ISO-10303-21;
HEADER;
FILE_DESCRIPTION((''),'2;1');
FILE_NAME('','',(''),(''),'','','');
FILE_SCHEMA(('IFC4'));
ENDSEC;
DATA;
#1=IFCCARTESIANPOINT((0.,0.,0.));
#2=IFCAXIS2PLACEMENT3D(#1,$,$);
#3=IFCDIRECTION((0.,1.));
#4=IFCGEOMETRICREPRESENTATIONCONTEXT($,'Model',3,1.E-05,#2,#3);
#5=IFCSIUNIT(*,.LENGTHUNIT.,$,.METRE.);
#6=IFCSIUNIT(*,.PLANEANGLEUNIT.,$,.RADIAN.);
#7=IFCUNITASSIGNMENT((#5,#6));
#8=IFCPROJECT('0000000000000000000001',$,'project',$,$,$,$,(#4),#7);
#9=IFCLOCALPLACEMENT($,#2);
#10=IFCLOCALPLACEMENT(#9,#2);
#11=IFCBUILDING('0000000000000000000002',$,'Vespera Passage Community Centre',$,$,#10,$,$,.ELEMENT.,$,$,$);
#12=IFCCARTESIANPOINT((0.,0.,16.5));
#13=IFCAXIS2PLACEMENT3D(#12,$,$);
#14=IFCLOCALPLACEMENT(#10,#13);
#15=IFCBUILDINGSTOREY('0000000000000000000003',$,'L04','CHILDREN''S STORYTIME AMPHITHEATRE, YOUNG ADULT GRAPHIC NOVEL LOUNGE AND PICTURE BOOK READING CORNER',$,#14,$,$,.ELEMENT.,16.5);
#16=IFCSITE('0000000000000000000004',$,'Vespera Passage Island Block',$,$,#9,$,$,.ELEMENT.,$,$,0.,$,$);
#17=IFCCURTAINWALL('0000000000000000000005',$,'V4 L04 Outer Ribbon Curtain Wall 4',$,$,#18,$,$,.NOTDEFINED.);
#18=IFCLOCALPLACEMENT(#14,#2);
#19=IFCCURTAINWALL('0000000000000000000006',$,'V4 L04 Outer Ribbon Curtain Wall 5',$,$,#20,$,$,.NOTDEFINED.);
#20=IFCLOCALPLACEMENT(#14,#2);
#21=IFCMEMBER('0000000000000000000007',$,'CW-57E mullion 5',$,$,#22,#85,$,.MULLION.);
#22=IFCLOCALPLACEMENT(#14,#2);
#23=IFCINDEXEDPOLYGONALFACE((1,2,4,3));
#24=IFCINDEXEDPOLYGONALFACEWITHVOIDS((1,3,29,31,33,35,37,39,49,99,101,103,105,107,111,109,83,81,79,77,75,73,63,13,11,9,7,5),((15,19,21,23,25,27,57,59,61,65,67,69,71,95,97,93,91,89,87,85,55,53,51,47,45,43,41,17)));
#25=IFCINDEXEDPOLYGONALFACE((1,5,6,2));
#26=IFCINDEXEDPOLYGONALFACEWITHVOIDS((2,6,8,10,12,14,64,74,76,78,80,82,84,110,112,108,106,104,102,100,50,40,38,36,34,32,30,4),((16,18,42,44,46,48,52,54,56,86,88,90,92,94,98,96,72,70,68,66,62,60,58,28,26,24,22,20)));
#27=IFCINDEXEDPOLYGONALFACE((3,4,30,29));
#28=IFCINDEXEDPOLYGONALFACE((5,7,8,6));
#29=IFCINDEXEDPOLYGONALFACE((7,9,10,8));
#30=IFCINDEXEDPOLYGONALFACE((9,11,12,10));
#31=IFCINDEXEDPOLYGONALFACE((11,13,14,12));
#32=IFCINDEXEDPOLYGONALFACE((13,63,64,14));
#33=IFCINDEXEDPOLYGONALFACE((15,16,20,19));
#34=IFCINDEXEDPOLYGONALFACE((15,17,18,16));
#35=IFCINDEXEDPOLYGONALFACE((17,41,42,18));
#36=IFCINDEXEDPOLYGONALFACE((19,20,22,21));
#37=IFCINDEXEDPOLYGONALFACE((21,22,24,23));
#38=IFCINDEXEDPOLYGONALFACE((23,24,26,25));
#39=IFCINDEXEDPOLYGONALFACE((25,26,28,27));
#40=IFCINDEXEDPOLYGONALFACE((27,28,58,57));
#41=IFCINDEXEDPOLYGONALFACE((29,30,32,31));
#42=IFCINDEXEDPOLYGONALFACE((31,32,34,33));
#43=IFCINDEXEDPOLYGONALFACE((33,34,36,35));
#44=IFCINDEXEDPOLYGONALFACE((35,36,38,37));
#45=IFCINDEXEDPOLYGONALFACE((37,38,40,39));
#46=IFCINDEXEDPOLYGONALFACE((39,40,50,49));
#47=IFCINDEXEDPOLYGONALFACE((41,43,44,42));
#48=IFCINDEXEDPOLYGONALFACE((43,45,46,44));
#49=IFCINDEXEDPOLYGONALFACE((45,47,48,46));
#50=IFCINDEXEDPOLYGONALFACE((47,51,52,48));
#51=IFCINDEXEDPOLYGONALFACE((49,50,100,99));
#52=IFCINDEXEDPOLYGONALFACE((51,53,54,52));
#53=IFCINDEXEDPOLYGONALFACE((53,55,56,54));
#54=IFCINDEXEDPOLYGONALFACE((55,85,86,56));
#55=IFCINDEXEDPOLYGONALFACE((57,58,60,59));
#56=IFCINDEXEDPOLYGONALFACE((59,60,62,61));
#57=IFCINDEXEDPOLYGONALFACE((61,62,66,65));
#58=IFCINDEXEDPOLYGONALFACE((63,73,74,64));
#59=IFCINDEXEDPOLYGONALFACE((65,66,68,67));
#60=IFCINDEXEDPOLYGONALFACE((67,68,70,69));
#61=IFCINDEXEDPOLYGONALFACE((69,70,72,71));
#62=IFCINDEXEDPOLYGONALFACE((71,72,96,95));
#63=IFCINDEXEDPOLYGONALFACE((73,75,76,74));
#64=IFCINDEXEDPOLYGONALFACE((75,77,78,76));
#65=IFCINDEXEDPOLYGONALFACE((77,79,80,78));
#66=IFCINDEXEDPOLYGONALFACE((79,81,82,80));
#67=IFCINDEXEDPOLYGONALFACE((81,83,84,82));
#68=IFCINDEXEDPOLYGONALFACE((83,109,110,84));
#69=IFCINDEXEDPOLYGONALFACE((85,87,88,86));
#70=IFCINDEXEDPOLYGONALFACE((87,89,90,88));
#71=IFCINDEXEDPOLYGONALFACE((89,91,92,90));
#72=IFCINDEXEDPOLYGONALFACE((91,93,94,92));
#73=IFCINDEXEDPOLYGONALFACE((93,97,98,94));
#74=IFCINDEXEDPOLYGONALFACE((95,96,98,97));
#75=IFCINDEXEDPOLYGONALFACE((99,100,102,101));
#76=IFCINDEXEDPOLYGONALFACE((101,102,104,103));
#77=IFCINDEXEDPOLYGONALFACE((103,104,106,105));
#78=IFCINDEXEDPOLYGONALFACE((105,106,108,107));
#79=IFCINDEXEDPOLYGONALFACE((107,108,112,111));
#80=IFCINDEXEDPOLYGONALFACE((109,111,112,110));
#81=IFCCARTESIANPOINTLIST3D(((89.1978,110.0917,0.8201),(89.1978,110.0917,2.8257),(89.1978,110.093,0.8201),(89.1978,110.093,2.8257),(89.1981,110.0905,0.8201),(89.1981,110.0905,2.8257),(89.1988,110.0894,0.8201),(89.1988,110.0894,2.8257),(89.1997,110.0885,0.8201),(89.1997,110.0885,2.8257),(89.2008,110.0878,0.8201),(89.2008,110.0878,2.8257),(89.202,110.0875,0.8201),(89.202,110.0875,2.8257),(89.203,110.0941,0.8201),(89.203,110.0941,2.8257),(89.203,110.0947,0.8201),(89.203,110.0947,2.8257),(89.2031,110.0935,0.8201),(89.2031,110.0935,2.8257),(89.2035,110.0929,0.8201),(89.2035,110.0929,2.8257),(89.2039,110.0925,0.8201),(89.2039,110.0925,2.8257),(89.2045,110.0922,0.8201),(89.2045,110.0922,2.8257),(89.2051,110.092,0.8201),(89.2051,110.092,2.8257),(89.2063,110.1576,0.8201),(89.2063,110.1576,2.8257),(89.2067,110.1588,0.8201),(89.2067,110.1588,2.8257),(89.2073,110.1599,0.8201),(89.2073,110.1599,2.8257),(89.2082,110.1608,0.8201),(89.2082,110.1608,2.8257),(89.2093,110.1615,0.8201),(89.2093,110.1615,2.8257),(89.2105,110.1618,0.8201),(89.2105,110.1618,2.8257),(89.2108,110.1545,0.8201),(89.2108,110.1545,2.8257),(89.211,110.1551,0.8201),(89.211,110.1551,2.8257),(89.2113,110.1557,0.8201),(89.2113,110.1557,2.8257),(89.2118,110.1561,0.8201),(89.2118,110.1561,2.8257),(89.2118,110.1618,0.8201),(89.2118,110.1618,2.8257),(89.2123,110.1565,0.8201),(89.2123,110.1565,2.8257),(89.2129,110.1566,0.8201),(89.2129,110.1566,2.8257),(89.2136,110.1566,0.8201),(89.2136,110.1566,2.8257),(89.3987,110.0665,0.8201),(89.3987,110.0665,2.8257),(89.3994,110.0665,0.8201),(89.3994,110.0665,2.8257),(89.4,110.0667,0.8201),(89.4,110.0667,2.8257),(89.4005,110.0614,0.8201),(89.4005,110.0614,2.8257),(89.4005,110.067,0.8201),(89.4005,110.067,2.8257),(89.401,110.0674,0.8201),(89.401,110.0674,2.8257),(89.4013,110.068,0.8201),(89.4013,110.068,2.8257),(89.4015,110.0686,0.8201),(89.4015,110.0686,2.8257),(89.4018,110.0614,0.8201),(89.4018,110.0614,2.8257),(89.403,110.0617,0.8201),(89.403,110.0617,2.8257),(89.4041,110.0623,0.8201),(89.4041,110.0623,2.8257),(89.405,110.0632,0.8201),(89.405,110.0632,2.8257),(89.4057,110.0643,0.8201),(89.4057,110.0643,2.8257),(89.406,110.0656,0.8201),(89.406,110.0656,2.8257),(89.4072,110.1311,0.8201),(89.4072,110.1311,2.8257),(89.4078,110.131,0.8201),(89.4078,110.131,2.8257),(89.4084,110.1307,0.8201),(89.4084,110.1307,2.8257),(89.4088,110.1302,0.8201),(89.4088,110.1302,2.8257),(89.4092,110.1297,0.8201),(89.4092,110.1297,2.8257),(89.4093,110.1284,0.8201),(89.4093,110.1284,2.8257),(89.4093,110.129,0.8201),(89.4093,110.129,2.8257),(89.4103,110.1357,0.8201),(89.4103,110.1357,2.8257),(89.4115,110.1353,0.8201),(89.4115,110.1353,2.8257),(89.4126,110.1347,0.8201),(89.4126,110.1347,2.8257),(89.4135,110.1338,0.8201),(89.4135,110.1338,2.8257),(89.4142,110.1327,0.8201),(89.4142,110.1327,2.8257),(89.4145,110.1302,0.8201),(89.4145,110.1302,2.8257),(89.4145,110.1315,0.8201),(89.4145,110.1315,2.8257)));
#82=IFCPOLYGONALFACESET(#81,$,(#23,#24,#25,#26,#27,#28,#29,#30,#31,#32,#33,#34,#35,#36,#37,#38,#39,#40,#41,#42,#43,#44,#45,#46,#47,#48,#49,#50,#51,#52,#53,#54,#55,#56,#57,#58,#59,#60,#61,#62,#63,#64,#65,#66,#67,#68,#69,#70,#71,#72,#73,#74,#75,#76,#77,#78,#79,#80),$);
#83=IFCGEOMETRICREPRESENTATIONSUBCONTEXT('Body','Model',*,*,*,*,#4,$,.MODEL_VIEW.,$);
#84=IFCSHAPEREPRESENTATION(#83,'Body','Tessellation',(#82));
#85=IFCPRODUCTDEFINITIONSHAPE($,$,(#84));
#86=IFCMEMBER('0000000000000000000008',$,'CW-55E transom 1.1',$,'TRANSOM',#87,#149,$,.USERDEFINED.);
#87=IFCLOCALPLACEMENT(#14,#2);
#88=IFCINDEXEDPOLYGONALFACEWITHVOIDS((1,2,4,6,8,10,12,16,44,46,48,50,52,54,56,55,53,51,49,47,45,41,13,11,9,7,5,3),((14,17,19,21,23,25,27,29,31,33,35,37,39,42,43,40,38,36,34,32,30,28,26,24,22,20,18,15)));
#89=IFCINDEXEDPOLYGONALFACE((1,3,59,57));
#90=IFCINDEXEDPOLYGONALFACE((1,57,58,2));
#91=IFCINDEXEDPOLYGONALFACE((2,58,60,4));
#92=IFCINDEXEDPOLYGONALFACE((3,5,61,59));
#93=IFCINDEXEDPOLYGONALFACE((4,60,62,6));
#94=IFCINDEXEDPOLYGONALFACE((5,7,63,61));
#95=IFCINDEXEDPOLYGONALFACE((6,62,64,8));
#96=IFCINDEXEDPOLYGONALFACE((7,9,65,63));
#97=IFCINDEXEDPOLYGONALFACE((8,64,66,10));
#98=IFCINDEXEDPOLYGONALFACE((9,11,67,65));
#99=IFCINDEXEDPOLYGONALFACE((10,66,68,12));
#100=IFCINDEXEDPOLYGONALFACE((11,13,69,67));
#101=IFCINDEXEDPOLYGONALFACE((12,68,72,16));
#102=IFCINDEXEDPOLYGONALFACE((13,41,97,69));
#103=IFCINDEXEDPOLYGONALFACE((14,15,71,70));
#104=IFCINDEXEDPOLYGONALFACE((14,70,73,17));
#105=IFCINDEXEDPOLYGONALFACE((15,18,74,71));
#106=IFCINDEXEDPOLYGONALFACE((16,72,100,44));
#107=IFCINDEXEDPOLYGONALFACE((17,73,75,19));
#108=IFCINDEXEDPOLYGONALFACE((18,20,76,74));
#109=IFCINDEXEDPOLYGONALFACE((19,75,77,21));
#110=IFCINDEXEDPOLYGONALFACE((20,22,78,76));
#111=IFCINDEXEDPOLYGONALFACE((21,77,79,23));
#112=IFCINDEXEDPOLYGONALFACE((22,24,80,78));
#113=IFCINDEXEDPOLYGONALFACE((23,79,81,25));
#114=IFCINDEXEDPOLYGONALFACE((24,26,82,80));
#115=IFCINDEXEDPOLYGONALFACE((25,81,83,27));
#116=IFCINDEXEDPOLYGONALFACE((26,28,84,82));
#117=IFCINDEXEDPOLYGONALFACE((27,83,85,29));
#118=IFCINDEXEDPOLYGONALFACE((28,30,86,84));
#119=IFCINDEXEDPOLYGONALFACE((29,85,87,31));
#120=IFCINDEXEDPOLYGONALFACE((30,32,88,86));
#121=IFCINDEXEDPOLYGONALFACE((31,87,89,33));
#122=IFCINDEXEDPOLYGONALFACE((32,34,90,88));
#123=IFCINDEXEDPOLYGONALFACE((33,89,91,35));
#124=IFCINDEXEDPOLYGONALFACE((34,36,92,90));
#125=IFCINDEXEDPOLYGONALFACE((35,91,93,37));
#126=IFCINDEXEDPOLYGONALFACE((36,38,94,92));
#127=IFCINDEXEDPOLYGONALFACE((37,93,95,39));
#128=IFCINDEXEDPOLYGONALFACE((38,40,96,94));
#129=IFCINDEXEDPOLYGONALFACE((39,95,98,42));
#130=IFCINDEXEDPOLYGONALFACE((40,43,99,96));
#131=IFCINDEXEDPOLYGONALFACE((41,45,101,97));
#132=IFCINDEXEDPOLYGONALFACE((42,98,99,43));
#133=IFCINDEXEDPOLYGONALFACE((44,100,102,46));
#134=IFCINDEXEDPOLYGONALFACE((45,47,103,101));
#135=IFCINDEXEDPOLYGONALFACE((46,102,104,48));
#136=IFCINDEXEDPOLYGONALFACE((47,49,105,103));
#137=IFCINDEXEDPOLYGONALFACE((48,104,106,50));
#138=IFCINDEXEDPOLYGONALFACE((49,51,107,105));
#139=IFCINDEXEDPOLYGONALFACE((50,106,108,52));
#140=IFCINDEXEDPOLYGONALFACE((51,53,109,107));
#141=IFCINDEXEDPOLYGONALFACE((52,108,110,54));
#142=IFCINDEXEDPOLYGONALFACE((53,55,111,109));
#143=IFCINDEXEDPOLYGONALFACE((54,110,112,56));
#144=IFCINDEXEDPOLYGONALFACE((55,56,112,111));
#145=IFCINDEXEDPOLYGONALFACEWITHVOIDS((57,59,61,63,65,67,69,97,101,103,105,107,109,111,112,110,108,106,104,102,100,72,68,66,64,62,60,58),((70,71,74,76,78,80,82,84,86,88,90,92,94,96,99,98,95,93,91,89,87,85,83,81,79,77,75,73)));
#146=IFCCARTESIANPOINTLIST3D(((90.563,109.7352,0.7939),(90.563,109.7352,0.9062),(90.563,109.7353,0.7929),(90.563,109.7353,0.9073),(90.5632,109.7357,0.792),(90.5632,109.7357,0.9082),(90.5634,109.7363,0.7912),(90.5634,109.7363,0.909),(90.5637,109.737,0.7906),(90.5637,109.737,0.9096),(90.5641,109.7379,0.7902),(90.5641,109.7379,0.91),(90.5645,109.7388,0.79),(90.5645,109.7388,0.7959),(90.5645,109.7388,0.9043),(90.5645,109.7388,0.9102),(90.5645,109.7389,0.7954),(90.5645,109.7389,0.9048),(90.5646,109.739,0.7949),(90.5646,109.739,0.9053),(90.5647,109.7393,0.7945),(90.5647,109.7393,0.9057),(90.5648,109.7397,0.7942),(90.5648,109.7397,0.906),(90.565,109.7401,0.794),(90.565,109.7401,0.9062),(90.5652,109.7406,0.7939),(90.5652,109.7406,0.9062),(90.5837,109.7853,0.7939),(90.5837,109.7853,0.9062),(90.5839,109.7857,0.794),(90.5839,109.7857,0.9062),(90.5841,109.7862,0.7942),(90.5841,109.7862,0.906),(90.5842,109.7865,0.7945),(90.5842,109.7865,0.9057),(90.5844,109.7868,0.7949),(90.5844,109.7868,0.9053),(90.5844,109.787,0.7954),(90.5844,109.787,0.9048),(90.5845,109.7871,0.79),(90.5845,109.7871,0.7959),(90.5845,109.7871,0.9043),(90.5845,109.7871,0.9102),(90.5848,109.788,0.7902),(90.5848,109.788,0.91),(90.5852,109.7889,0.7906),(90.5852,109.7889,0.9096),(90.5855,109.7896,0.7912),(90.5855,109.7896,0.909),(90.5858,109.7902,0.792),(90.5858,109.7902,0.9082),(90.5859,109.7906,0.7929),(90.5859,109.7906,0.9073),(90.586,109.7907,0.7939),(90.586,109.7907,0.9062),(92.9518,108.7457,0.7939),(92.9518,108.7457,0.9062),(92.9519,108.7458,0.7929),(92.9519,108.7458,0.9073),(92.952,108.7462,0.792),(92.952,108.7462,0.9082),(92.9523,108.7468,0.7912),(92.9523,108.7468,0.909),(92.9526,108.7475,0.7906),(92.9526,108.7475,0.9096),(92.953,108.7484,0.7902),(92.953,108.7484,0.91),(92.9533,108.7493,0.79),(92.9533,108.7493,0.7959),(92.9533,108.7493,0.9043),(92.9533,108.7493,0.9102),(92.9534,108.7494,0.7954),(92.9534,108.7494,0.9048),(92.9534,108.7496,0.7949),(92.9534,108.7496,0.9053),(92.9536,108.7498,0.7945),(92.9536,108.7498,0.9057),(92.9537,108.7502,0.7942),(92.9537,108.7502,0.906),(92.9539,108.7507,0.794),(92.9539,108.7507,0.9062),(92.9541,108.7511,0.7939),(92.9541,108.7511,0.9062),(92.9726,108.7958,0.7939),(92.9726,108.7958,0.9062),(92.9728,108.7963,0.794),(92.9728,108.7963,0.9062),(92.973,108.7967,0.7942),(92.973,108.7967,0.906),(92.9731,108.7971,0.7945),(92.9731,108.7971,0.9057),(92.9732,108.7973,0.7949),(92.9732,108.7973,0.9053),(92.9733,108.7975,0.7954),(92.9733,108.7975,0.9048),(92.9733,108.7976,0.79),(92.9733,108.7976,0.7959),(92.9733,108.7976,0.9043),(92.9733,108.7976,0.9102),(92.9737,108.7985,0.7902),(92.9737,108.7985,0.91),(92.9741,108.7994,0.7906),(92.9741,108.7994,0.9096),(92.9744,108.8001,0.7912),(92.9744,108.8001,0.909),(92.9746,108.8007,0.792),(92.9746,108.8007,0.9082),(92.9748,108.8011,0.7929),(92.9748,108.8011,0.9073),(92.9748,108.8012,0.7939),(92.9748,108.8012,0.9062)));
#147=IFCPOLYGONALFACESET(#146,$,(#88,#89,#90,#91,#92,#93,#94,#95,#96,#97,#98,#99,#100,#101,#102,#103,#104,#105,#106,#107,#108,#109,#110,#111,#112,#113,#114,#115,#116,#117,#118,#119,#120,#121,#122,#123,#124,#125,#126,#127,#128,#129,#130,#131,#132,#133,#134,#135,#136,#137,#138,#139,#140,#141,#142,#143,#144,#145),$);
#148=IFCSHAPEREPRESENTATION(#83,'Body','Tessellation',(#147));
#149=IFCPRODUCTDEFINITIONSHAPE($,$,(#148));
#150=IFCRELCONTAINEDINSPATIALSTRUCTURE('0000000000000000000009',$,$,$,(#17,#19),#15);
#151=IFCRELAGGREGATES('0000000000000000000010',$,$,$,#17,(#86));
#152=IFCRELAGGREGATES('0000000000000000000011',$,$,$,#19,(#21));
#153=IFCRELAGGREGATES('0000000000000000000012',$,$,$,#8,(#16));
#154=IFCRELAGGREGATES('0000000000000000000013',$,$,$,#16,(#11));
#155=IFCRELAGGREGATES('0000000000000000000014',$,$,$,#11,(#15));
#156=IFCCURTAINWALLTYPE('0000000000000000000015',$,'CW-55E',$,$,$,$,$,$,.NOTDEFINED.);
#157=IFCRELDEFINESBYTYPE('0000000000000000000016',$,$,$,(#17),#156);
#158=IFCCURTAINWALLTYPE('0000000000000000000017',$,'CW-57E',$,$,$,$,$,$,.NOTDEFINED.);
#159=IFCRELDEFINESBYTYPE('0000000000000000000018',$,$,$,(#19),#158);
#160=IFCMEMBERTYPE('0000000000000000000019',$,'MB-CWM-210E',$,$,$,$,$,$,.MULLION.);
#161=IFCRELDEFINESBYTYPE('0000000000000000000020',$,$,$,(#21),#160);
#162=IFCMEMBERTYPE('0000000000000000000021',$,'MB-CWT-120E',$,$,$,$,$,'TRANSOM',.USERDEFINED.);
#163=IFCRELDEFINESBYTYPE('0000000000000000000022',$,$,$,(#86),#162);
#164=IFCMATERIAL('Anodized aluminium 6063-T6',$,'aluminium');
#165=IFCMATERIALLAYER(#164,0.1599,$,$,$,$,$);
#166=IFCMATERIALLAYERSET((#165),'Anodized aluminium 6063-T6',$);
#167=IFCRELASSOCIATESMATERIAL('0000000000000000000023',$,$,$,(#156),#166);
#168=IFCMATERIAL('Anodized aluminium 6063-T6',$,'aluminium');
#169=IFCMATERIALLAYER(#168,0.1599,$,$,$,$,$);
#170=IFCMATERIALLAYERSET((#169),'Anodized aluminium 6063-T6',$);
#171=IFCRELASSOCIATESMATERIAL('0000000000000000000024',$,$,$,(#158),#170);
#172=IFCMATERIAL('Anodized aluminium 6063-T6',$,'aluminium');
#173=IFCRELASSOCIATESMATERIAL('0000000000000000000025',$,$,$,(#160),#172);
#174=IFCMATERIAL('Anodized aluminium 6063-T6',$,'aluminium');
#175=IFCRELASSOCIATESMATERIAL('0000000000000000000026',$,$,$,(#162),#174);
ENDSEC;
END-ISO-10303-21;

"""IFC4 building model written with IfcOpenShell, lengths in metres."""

from ifc_helpers import new_model, si_unit, direction, frame, origin, origin_2d, place, context, subcontext, project, spatial, hollow_rectangle, extrude, material, layer, layer_set, material_profile, profile_set, type_object, element, aggregate, save


model = new_model("IFC4")

# Units and contexts
model_context = context("Model", 3, precision=1e-05, world=origin(), true_north=direction((0.0, 1.0)))
body_context = subcontext(model_context, "Body", "Model", "MODEL_VIEW")
ifc_project = project(units=[si_unit("LENGTHUNIT", "METRE"), si_unit("PLANEANGLEUNIT", "RADIAN")], contexts=[model_context])

# Site, building, storey
site_placement = place(None, origin())
site = spatial("IfcSite", under=ifc_project, at=site_placement, Name="Vespera Passage Island Block", CompositionType="ELEMENT", RefElevation=0.0)
building_placement = place(site_placement, origin())
building = spatial("IfcBuilding", under=site, at=building_placement, Name="Vespera Passage Community Centre", CompositionType="ELEMENT")
storey_placement = place(building_placement, frame((0.0, 0.0, 16.5)))
storey = spatial("IfcBuildingStorey", under=building, at=storey_placement, Name="L04", Description="CHILDREN'S STORYTIME AMPHITHEATRE, YOUNG ADULT GRAPHIC NOVEL LOUNGE AND PICTURE BOOK READING CORNER", CompositionType="ELEMENT", Elevation=16.5)

# Curtain wall
ifc_material_1 = material(Name="Anodized aluminium 6063-T6", Category="aluminium")
ifc_layer_1 = layer(ifc_material_1, 0.1599)
ifc_layer_set_1 = layer_set([ifc_layer_1], Name="Anodized aluminium 6063-T6")
curtain_wall_type_1 = type_object("IfcCurtainWallType", Name="CW-55E", PredefinedType="NOTDEFINED", material=ifc_layer_set_1)
curtain_wall_1_placement = place(storey_placement, origin())
curtain_wall_1 = element("IfcCurtainWall", 1, at=curtain_wall_1_placement, inside=storey, type_object=curtain_wall_type_1, Name="V4 L04 Outer Ribbon Curtain Wall 4", PredefinedType="NOTDEFINED")

# Curtain wall, member
ifc_material_2 = material(Name="Anodized aluminium 6063-T6", Category="aluminium")
ifc_layer_2 = layer(ifc_material_2, 0.1599)
ifc_layer_set_2 = layer_set([ifc_layer_2], Name="Anodized aluminium 6063-T6")
curtain_wall_type_2 = type_object("IfcCurtainWallType", Name="CW-57E", PredefinedType="NOTDEFINED", material=ifc_layer_set_2)
curtain_wall_2_placement = place(storey_placement, origin())
curtain_wall_2 = element("IfcCurtainWall", 2, at=curtain_wall_2_placement, inside=storey, type_object=curtain_wall_type_2, Name="V4 L04 Outer Ribbon Curtain Wall 5", PredefinedType="NOTDEFINED")
ifc_material_3 = material(Name="Anodized aluminium 6063-T6", Category="aluminium")
ifc_material_profile_1 = material_profile(ifc_material_3, hollow_rectangle(XDim=0.075, YDim=0.21, WallThickness=0.0049, InnerFilletRadius=0.0024, OuterFilletRadius=0.0049, at=origin_2d()), Name="ALU210X75X5")
ifc_profile_set_1 = profile_set([ifc_material_profile_1], Name="Anodized aluminium 6063-T6")
member_type_1 = type_object("IfcMemberType", Name="MB-CWM-210E", PredefinedType="MULLION", material=ifc_profile_set_1)
member_1_placement = place(storey_placement, frame((89.3062, 110.1116, 0.8201), z_axis=(0.0, 0.0, 1.0), x_axis=(0.130531, 0.991444, 0.0)))
member_1 = element("IfcMember", 3, at=member_1_placement, type_object=member_type_1, Name="CW-57E mullion 5", PredefinedType="MULLION", context=body_context, shape_type="SweptSolid", body=[
    extrude(hollow_rectangle(XDim=0.075, YDim=0.21, WallThickness=0.0049, InnerFilletRadius=0.0024, OuterFilletRadius=0.0049, at=origin_2d()), origin(), (0.0, 0.0, 1.0), 2.0056),
])

# Member
ifc_material_4 = material(Name="Anodized aluminium 6063-T6", Category="aluminium")
ifc_material_profile_2 = material_profile(ifc_material_4, hollow_rectangle(XDim=0.0601, YDim=0.1201, WallThickness=0.0039, InnerFilletRadius=0.002, OuterFilletRadius=0.0039, at=origin_2d()), Name="ALU120X60X4")
ifc_profile_set_2 = profile_set([ifc_material_profile_2], Name="Anodized aluminium 6063-T6")
member_type_2 = type_object("IfcMemberType", Name="MB-CWT-120E", ElementType="TRANSOM", PredefinedType="USERDEFINED", material=ifc_profile_set_2)
member_2_placement = place(storey_placement, frame((90.5745, 109.7629, 0.8501), z_axis=(0.923882, -0.382677, 0.0), x_axis=(0.382677, 0.923882, 0.0)))
member_2 = element("IfcMember", 4, at=member_2_placement, type_object=member_type_2, Name="CW-55E transom 1.1", ObjectType="TRANSOM", PredefinedType="USERDEFINED", context=body_context, shape_type="SweptSolid", body=[
    extrude(hollow_rectangle(XDim=0.0601, YDim=0.1201, WallThickness=0.0039, InnerFilletRadius=0.002, OuterFilletRadius=0.0039, at=origin_2d()), origin(), (0.0, 0.0, 1.0), 2.5857),
])

aggregate(curtain_wall_1, [member_2])
aggregate(curtain_wall_2, [member_1])

save(model, "model.ifc")
